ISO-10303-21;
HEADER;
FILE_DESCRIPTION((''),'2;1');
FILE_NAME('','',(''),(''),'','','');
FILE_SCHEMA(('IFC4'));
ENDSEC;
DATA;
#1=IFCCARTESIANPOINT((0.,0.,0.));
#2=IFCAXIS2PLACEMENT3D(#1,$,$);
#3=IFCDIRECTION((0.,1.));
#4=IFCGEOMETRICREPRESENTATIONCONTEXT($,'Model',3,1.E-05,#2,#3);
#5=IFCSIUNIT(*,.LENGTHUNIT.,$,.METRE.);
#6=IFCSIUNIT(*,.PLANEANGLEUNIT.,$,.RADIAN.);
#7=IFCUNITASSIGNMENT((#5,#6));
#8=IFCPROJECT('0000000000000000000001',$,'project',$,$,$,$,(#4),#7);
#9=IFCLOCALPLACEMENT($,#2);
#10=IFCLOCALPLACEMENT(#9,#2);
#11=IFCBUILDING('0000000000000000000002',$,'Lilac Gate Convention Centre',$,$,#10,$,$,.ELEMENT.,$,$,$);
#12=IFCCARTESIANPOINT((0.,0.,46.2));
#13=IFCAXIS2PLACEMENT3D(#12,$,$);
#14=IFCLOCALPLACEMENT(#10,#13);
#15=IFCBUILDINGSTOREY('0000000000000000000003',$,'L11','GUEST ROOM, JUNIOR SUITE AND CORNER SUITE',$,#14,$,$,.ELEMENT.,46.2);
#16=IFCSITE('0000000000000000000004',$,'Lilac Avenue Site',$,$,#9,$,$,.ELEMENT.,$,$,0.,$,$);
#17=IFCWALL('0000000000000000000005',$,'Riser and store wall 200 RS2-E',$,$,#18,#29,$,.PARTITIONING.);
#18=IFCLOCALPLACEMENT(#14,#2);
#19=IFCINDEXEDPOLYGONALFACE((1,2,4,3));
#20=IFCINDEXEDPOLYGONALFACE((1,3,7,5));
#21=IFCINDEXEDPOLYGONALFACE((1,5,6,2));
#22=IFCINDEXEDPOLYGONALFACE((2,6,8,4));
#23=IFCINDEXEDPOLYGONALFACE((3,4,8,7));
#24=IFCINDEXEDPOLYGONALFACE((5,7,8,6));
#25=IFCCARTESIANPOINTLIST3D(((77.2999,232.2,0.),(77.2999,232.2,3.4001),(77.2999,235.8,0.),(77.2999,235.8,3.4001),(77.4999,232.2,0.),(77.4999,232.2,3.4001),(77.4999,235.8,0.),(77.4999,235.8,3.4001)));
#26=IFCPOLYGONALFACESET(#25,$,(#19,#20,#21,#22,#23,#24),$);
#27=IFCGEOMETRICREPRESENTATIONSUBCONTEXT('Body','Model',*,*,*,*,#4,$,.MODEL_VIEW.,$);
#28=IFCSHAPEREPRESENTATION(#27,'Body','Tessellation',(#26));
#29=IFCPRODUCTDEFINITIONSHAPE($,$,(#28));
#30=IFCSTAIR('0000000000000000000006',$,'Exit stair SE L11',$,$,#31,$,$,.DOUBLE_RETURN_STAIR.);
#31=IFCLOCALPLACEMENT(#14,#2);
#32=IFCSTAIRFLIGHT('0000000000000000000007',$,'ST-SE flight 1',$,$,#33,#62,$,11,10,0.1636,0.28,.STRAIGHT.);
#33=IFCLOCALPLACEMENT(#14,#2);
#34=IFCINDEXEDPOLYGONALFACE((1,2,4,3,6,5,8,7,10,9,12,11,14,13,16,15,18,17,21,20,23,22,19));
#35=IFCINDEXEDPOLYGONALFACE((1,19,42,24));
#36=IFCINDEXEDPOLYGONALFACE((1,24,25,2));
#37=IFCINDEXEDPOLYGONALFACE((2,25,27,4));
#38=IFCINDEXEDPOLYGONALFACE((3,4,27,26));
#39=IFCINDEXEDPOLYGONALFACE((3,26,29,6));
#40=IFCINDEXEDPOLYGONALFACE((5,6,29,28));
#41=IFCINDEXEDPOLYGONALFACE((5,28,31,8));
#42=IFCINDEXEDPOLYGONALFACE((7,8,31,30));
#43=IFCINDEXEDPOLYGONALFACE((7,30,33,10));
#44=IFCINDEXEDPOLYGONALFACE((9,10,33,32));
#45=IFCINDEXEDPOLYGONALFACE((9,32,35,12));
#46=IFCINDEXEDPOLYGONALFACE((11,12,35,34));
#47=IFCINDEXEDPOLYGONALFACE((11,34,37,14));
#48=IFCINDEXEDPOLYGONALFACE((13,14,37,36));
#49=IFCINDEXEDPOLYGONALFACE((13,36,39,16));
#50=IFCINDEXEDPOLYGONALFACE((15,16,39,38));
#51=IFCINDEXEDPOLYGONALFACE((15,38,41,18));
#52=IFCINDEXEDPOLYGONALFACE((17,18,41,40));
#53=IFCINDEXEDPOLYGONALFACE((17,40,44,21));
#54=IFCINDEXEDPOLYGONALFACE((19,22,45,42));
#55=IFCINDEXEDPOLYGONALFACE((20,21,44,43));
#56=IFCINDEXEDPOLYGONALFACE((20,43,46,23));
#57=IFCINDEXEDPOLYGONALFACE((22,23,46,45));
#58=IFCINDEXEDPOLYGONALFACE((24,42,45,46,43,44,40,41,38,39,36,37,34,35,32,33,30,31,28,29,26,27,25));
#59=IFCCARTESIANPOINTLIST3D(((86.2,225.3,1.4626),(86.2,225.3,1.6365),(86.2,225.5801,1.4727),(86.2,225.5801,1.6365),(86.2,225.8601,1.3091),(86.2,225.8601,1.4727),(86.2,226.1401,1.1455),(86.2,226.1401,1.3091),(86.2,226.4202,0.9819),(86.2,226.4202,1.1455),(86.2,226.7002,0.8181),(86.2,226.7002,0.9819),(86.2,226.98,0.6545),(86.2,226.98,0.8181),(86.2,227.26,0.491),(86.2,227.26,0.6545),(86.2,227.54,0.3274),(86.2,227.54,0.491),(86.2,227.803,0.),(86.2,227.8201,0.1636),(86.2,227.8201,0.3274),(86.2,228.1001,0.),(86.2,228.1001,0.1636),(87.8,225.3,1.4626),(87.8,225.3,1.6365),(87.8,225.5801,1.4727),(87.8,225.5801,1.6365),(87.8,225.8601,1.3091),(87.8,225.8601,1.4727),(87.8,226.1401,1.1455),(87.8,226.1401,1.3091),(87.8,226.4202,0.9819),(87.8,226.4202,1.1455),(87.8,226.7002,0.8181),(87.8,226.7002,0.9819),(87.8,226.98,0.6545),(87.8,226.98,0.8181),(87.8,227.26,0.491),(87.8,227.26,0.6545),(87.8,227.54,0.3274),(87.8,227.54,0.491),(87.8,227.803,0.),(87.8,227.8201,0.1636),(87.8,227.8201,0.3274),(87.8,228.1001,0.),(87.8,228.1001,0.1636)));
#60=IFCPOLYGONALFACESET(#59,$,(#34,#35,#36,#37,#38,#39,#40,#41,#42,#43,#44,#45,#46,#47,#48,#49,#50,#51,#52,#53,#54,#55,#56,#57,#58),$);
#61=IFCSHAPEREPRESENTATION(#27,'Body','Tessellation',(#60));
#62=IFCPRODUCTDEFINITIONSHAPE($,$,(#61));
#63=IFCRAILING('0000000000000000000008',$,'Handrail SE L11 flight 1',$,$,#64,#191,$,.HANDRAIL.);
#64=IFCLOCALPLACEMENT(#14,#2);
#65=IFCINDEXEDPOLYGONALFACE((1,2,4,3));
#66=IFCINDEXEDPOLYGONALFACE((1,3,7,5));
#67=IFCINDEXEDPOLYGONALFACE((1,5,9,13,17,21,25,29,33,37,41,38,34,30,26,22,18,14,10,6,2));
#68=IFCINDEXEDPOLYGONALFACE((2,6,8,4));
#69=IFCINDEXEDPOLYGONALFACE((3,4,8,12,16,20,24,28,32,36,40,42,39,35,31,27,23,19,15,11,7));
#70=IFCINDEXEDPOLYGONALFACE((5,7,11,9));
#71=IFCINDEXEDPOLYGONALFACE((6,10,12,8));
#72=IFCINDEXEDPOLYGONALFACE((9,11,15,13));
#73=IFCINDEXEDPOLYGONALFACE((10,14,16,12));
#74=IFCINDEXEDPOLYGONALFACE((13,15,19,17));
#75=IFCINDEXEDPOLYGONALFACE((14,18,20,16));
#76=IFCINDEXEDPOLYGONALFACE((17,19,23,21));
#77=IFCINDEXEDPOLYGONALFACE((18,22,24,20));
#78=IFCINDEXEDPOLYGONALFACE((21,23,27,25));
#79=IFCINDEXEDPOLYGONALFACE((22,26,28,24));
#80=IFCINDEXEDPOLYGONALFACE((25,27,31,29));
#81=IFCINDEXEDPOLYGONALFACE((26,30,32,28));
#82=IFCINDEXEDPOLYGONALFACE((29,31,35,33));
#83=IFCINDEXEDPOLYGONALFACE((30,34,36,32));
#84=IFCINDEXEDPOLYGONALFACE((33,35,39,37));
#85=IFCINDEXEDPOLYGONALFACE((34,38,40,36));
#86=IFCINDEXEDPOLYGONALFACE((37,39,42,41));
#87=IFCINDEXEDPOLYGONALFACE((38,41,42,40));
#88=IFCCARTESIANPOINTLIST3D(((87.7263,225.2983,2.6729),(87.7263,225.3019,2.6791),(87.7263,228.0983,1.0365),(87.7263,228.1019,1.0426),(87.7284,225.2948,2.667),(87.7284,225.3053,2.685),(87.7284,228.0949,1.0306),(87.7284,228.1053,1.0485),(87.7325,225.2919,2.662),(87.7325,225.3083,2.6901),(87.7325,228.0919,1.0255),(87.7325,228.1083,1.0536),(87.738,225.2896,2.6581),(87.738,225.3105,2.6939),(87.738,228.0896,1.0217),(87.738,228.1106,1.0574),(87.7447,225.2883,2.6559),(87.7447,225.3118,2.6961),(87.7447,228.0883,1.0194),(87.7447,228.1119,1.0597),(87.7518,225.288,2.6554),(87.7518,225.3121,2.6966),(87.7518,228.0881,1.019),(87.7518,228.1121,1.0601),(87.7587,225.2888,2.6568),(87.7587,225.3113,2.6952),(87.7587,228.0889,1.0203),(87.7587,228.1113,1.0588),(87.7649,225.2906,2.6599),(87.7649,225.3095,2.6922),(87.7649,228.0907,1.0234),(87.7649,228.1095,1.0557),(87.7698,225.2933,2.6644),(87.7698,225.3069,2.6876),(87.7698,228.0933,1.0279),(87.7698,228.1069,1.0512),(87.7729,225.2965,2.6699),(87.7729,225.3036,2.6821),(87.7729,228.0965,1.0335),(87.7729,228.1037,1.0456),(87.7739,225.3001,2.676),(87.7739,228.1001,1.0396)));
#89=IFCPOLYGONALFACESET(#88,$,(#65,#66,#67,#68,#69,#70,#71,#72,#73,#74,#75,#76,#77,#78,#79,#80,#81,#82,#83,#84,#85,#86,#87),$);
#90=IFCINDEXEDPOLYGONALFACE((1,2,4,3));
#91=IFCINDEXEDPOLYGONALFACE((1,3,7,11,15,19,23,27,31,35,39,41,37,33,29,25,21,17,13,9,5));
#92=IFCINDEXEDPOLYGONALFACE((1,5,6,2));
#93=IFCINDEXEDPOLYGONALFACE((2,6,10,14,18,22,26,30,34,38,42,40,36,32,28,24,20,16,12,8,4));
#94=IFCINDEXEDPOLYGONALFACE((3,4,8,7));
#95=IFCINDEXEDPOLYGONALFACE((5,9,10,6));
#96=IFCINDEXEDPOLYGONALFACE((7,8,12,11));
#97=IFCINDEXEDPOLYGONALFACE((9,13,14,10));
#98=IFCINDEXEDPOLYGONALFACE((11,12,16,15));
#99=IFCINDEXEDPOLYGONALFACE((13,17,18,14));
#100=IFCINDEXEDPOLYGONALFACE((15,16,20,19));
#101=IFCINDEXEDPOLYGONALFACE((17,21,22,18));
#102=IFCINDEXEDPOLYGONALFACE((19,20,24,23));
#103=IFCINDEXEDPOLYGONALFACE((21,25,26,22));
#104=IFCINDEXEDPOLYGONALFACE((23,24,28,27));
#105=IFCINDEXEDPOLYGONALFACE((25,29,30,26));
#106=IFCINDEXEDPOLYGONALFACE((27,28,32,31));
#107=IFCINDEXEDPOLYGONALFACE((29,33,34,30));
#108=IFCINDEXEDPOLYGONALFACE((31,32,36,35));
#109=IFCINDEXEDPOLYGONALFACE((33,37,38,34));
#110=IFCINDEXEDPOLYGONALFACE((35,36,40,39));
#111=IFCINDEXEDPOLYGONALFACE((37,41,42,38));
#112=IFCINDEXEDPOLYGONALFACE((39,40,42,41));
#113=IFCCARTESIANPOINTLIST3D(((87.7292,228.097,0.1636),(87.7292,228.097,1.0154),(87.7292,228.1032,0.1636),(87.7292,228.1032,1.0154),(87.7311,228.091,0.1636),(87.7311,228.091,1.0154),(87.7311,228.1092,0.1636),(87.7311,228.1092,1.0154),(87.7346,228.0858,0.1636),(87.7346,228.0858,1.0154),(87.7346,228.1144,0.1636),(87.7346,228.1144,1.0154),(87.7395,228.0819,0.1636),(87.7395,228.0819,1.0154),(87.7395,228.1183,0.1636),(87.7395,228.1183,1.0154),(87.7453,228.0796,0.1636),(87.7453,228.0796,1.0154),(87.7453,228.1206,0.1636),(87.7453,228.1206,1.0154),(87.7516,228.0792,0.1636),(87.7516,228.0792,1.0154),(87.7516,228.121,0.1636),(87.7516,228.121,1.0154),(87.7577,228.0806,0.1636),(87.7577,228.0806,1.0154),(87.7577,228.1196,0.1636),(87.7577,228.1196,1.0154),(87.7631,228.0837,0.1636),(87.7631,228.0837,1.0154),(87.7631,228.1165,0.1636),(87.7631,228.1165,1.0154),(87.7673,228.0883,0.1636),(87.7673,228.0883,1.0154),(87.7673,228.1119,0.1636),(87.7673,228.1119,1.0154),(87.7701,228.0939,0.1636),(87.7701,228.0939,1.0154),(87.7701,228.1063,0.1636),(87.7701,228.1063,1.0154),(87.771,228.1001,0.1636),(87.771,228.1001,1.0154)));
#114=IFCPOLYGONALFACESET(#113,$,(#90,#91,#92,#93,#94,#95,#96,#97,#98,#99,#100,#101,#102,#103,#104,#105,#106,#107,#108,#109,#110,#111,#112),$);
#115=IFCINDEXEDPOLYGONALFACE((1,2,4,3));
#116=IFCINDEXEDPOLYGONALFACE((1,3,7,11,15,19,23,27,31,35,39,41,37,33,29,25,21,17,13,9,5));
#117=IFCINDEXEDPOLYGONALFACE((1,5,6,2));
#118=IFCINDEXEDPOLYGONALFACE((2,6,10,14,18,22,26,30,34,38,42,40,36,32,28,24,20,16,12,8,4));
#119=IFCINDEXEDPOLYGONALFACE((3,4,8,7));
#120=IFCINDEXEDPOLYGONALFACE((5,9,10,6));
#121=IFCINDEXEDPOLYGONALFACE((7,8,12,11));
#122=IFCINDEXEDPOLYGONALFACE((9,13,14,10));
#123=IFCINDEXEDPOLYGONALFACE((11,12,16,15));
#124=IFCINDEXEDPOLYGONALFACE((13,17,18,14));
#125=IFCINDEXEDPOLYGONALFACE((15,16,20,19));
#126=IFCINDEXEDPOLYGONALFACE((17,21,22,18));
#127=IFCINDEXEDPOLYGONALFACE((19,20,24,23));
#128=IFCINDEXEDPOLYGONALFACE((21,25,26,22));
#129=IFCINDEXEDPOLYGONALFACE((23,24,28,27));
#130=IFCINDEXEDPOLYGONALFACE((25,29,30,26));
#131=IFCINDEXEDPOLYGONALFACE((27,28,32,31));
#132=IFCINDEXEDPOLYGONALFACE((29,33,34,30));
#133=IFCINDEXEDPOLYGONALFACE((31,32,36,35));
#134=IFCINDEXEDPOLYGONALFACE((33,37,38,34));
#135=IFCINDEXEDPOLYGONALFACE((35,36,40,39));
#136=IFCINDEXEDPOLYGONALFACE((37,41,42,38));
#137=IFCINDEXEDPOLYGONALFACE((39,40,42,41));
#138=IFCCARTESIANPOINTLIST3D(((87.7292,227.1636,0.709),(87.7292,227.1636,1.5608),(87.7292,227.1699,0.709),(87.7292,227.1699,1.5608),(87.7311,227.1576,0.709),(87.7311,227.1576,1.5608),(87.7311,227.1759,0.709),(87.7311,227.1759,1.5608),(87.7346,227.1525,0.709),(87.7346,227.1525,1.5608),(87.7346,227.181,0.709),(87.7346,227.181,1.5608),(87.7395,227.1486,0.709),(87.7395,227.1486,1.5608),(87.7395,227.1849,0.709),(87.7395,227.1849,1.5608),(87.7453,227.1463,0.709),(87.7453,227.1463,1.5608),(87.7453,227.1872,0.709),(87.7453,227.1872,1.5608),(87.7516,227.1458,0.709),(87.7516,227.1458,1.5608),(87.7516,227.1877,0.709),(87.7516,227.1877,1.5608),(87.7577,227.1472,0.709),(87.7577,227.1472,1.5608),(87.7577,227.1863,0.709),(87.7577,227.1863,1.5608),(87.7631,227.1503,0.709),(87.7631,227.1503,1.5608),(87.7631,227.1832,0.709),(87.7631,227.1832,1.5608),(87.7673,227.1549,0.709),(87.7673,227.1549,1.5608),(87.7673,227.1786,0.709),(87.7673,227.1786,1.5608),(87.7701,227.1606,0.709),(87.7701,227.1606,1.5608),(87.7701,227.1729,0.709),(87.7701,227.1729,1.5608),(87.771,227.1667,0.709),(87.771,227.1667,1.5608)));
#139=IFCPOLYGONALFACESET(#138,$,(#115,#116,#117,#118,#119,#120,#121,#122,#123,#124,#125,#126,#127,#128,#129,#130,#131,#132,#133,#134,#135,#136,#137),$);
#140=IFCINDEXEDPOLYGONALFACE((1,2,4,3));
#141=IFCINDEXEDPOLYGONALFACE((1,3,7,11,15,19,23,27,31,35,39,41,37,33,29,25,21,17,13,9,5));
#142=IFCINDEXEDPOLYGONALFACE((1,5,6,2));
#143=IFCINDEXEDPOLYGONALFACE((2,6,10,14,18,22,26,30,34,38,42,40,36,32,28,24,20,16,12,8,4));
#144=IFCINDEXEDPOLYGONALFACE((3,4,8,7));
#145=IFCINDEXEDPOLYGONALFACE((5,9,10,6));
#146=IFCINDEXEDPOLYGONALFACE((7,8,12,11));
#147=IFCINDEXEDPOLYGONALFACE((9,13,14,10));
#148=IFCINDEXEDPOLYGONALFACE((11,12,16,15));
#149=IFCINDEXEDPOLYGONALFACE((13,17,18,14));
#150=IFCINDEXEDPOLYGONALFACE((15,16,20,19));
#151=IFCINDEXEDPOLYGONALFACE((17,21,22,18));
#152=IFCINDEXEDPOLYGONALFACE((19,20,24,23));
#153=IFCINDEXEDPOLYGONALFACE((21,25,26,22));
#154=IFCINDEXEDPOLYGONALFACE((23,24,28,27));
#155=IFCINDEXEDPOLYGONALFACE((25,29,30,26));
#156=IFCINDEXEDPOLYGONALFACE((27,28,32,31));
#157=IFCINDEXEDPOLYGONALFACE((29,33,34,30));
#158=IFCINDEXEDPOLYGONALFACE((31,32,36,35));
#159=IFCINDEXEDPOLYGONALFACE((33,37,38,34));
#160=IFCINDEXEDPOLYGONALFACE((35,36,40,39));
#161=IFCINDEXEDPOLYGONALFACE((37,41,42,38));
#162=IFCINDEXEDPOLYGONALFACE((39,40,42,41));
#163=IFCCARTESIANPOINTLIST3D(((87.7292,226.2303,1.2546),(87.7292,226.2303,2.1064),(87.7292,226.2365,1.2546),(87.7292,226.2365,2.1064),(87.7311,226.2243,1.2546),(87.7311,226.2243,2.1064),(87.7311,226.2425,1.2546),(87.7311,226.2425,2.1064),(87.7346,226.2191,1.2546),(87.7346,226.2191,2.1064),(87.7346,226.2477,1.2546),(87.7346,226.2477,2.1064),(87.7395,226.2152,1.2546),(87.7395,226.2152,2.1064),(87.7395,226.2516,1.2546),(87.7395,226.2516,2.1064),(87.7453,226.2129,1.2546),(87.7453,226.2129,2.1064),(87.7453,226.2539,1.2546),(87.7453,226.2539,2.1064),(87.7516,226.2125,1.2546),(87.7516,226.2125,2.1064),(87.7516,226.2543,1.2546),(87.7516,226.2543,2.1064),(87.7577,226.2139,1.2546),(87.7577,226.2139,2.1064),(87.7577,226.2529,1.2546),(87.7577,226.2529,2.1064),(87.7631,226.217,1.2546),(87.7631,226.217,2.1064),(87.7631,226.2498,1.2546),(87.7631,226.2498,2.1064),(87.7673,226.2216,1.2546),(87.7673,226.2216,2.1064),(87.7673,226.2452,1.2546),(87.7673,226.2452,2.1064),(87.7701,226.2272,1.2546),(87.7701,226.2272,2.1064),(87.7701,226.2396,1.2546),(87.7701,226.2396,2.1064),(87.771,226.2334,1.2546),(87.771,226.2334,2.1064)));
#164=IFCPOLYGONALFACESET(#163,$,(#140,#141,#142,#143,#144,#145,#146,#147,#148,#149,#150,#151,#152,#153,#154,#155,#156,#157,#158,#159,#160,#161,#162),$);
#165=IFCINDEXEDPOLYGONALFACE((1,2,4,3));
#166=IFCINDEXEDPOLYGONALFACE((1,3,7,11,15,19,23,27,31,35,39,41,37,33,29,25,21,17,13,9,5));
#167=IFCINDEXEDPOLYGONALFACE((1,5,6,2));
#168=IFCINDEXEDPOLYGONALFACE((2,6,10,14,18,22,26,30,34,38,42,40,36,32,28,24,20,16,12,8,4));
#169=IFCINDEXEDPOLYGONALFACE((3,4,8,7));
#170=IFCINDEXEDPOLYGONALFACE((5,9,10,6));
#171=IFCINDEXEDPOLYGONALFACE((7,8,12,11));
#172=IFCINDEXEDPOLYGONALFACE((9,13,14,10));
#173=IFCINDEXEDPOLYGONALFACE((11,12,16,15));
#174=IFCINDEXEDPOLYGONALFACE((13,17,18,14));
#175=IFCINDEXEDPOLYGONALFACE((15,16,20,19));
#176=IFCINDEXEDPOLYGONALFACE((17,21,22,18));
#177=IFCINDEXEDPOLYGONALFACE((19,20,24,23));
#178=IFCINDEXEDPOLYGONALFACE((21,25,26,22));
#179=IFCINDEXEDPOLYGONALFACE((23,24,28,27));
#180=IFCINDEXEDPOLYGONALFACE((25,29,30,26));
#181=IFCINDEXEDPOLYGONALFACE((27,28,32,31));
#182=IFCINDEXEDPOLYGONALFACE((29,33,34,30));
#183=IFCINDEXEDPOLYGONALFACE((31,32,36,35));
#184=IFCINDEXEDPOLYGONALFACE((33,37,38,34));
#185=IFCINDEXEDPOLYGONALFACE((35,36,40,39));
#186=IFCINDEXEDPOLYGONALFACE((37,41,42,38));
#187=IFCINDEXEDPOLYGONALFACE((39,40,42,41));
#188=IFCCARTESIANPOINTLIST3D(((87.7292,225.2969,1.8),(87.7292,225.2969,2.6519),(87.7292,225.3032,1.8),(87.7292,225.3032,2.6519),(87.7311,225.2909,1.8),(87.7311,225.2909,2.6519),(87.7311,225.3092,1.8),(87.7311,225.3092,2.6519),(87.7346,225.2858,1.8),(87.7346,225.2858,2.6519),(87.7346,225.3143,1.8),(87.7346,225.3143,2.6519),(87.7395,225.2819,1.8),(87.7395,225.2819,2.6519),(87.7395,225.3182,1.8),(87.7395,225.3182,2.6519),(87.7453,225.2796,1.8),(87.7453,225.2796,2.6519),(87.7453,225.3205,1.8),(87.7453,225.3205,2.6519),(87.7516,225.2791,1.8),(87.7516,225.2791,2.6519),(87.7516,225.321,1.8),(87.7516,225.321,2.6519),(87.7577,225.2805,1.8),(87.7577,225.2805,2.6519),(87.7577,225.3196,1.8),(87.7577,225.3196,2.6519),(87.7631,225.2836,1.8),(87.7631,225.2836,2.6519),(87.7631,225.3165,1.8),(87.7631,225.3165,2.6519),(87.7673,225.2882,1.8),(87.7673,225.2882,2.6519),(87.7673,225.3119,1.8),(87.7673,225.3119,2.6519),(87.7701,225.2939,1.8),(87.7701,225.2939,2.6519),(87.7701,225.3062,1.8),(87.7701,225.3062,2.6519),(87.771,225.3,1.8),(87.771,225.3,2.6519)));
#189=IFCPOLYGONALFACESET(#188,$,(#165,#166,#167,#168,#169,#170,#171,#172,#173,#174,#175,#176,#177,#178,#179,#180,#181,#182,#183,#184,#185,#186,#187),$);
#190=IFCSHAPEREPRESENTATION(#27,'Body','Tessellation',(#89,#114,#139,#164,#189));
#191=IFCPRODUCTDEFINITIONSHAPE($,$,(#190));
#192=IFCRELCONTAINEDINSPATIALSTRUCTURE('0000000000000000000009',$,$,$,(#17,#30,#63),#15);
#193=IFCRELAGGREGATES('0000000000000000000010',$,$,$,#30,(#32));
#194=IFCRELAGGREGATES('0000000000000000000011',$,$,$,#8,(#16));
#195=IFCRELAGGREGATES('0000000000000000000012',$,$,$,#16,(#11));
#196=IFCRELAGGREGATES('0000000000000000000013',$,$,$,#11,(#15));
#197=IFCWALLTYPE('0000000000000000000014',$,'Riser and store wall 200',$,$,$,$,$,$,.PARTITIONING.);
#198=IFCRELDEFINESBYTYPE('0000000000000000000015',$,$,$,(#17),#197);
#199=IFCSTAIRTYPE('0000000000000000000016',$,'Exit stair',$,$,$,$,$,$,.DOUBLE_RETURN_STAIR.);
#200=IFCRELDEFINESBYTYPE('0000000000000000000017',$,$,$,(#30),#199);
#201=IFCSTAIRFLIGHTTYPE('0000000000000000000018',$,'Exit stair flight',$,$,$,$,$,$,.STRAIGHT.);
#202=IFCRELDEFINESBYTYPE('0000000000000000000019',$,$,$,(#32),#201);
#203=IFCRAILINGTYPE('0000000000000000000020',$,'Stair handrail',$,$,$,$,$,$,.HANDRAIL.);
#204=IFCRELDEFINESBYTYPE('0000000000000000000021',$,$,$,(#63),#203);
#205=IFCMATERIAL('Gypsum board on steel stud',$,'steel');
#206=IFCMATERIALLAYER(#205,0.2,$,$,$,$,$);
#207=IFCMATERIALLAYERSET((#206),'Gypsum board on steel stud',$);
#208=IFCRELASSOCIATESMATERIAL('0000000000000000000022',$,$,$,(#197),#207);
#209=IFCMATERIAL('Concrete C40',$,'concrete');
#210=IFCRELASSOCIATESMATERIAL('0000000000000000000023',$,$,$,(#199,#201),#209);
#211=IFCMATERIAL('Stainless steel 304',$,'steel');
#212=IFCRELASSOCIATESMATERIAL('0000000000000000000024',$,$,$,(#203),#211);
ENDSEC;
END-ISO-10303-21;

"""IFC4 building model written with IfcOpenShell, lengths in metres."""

from ifc_helpers import new_model, si_unit, direction, frame, frame_2d, origin, origin_2d, place, context, subcontext, project, spatial, polyline, rectangle, circle, outline, extrude, material, layer, layer_set, type_object, element, aggregate, save


model = new_model("IFC4")

# Units and contexts
model_context = context("Model", 3, precision=1e-05, world=origin(), true_north=direction((0.0, 1.0)))
body_context = subcontext(model_context, "Body", "Model", "MODEL_VIEW")
ifc_project = project(units=[si_unit("LENGTHUNIT", "METRE"), si_unit("PLANEANGLEUNIT", "RADIAN")], contexts=[model_context])

# Site, building, storey
site_placement = place(None, origin())
site = spatial("IfcSite", under=ifc_project, at=site_placement, Name="Lilac Avenue Site", CompositionType="ELEMENT", RefElevation=0.0)
building_placement = place(site_placement, origin())
building = spatial("IfcBuilding", under=site, at=building_placement, Name="Lilac Gate Convention Centre", CompositionType="ELEMENT")
storey_placement = place(building_placement, frame((0.0, 0.0, 46.2)))
storey = spatial("IfcBuildingStorey", under=building, at=storey_placement, Name="L11", Description="GUEST ROOM, JUNIOR SUITE AND CORNER SUITE", CompositionType="ELEMENT", Elevation=46.2)

# Shared definitions
ifc_material_1 = material(Name="Stainless steel 304", Category="steel")
ifc_material_2 = material(Name="Gypsum board on steel stud", Category="steel")

# Wall
ifc_layer_1 = layer(ifc_material_2, 0.2)
ifc_layer_set_1 = layer_set([ifc_layer_1], Name="Gypsum board on steel stud")
wall_type_1 = type_object("IfcWallType", Name="Riser and store wall 200", PredefinedType="PARTITIONING", material=ifc_layer_set_1)
wall_1_placement = place(storey_placement, frame((77.3999, 232.2, 0.0), z_axis=(0.0, 0.0, 1.0), x_axis=(0.0, 1.0, 0.0)))
element("IfcWall", 1, at=wall_1_placement, inside=storey, type_object=wall_type_1, Name="Riser and store wall 200 RS2-E", PredefinedType="PARTITIONING", context=body_context, shape_type="SweptSolid", body=[
    extrude(rectangle(XDim=3.6001, YDim=0.2, at=frame_2d((1.8, 0.0))), origin(), (0.0, 0.0, 1.0), 3.4001),
])

# Stair, stair flight
ifc_material_3 = material(Name="Concrete C40", Category="concrete")
stair_type = type_object("IfcStairType", Name="Exit stair", PredefinedType="DOUBLE_RETURN_STAIR", material=ifc_material_3)
stair_placement = place(storey_placement, origin())
stair = element("IfcStair", 2, at=stair_placement, inside=storey, type_object=stair_type, Name="Exit stair SE L11", PredefinedType="DOUBLE_RETURN_STAIR")
stair_flight_type = type_object("IfcStairFlightType", Name="Exit stair flight", PredefinedType="STRAIGHT", material=ifc_material_3)
stair_flight_placement = place(storey_placement, frame((87.0, 228.1001, 0.0), z_axis=(0.0, 0.0, 1.0), x_axis=(0.0, -1.0, 0.0)))
stair_flight = element("IfcStairFlight", 3, at=stair_flight_placement, type_object=stair_flight_type, Name="ST-SE flight 1", NumberOfRisers=11, NumberOfTreads=10, PredefinedType="STRAIGHT", RiserHeight=0.1636, TreadLength=0.28, context=body_context, shape_type="SweptSolid", body=[
    extrude(outline(polyline([(0.0, 0.0), (0.0, 0.1636), (0.28, 0.1636), (0.28, 0.3274), (0.5601, 0.3274), (0.5601, 0.491), (0.8401, 0.491), (0.8401, 0.6545), (1.1201, 0.6545), (1.1201, 0.8181), (1.3999, 0.8181), (1.3999, 0.9819), (1.6799, 0.9819), (1.6799, 1.1455), (1.96, 1.1455), (1.96, 1.3091), (2.24, 1.3091), (2.24, 1.4727), (2.52, 1.4727), (2.52, 1.6365), (2.8, 1.6365), (2.8, 1.8), (2.8, 1.4626), (0.2971, 0.0), (0.0, 0.0)])), frame((0.0, 0.8, 0.0), z_axis=(0.0, -1.0, 0.0), x_axis=(1.0, 0.0, 0.0)), (0.0, 0.0, 1.0), 1.6001),
])
aggregate(stair, [stair_flight])

# Railing
railing_type = type_object("IfcRailingType", Name="Stair handrail", PredefinedType="HANDRAIL", material=ifc_material_1)
for number, where, name in (
    (4, (87.75, 228.1001, 0.1636), "Handrail SE L11 flight 1"),
):
    element("IfcRailing", number, at=place(storey_placement, frame(where)), inside=storey, type_object=railing_type, Name=name, PredefinedType="HANDRAIL", context=body_context, shape_type="SweptSolid", body=[
        extrude(circle(Radius=0.0239, at=origin_2d()), frame((0.0, 0.0, 0.876), z_axis=(0.0, -0.863361, 0.504587), x_axis=(1.0, 0.0, 0.0)), (0.0, 0.0, 1.0), 3.2432),
        extrude(circle(Radius=0.021, at=origin_2d()), origin(), (0.0, 0.0, 1.0), 0.8518),
        extrude(circle(Radius=0.021, at=origin_2d()), frame((0.0, -0.9333, 0.5454)), (0.0, 0.0, 1.0), 0.8518),
        extrude(circle(Radius=0.021, at=origin_2d()), frame((0.0, -1.8667, 1.0911)), (0.0, 0.0, 1.0), 0.8518),
        extrude(circle(Radius=0.021, at=origin_2d()), frame((0.0, -2.8, 1.6365)), (0.0, 0.0, 1.0), 0.8518),
    ])

save(model, "model.ifc")
